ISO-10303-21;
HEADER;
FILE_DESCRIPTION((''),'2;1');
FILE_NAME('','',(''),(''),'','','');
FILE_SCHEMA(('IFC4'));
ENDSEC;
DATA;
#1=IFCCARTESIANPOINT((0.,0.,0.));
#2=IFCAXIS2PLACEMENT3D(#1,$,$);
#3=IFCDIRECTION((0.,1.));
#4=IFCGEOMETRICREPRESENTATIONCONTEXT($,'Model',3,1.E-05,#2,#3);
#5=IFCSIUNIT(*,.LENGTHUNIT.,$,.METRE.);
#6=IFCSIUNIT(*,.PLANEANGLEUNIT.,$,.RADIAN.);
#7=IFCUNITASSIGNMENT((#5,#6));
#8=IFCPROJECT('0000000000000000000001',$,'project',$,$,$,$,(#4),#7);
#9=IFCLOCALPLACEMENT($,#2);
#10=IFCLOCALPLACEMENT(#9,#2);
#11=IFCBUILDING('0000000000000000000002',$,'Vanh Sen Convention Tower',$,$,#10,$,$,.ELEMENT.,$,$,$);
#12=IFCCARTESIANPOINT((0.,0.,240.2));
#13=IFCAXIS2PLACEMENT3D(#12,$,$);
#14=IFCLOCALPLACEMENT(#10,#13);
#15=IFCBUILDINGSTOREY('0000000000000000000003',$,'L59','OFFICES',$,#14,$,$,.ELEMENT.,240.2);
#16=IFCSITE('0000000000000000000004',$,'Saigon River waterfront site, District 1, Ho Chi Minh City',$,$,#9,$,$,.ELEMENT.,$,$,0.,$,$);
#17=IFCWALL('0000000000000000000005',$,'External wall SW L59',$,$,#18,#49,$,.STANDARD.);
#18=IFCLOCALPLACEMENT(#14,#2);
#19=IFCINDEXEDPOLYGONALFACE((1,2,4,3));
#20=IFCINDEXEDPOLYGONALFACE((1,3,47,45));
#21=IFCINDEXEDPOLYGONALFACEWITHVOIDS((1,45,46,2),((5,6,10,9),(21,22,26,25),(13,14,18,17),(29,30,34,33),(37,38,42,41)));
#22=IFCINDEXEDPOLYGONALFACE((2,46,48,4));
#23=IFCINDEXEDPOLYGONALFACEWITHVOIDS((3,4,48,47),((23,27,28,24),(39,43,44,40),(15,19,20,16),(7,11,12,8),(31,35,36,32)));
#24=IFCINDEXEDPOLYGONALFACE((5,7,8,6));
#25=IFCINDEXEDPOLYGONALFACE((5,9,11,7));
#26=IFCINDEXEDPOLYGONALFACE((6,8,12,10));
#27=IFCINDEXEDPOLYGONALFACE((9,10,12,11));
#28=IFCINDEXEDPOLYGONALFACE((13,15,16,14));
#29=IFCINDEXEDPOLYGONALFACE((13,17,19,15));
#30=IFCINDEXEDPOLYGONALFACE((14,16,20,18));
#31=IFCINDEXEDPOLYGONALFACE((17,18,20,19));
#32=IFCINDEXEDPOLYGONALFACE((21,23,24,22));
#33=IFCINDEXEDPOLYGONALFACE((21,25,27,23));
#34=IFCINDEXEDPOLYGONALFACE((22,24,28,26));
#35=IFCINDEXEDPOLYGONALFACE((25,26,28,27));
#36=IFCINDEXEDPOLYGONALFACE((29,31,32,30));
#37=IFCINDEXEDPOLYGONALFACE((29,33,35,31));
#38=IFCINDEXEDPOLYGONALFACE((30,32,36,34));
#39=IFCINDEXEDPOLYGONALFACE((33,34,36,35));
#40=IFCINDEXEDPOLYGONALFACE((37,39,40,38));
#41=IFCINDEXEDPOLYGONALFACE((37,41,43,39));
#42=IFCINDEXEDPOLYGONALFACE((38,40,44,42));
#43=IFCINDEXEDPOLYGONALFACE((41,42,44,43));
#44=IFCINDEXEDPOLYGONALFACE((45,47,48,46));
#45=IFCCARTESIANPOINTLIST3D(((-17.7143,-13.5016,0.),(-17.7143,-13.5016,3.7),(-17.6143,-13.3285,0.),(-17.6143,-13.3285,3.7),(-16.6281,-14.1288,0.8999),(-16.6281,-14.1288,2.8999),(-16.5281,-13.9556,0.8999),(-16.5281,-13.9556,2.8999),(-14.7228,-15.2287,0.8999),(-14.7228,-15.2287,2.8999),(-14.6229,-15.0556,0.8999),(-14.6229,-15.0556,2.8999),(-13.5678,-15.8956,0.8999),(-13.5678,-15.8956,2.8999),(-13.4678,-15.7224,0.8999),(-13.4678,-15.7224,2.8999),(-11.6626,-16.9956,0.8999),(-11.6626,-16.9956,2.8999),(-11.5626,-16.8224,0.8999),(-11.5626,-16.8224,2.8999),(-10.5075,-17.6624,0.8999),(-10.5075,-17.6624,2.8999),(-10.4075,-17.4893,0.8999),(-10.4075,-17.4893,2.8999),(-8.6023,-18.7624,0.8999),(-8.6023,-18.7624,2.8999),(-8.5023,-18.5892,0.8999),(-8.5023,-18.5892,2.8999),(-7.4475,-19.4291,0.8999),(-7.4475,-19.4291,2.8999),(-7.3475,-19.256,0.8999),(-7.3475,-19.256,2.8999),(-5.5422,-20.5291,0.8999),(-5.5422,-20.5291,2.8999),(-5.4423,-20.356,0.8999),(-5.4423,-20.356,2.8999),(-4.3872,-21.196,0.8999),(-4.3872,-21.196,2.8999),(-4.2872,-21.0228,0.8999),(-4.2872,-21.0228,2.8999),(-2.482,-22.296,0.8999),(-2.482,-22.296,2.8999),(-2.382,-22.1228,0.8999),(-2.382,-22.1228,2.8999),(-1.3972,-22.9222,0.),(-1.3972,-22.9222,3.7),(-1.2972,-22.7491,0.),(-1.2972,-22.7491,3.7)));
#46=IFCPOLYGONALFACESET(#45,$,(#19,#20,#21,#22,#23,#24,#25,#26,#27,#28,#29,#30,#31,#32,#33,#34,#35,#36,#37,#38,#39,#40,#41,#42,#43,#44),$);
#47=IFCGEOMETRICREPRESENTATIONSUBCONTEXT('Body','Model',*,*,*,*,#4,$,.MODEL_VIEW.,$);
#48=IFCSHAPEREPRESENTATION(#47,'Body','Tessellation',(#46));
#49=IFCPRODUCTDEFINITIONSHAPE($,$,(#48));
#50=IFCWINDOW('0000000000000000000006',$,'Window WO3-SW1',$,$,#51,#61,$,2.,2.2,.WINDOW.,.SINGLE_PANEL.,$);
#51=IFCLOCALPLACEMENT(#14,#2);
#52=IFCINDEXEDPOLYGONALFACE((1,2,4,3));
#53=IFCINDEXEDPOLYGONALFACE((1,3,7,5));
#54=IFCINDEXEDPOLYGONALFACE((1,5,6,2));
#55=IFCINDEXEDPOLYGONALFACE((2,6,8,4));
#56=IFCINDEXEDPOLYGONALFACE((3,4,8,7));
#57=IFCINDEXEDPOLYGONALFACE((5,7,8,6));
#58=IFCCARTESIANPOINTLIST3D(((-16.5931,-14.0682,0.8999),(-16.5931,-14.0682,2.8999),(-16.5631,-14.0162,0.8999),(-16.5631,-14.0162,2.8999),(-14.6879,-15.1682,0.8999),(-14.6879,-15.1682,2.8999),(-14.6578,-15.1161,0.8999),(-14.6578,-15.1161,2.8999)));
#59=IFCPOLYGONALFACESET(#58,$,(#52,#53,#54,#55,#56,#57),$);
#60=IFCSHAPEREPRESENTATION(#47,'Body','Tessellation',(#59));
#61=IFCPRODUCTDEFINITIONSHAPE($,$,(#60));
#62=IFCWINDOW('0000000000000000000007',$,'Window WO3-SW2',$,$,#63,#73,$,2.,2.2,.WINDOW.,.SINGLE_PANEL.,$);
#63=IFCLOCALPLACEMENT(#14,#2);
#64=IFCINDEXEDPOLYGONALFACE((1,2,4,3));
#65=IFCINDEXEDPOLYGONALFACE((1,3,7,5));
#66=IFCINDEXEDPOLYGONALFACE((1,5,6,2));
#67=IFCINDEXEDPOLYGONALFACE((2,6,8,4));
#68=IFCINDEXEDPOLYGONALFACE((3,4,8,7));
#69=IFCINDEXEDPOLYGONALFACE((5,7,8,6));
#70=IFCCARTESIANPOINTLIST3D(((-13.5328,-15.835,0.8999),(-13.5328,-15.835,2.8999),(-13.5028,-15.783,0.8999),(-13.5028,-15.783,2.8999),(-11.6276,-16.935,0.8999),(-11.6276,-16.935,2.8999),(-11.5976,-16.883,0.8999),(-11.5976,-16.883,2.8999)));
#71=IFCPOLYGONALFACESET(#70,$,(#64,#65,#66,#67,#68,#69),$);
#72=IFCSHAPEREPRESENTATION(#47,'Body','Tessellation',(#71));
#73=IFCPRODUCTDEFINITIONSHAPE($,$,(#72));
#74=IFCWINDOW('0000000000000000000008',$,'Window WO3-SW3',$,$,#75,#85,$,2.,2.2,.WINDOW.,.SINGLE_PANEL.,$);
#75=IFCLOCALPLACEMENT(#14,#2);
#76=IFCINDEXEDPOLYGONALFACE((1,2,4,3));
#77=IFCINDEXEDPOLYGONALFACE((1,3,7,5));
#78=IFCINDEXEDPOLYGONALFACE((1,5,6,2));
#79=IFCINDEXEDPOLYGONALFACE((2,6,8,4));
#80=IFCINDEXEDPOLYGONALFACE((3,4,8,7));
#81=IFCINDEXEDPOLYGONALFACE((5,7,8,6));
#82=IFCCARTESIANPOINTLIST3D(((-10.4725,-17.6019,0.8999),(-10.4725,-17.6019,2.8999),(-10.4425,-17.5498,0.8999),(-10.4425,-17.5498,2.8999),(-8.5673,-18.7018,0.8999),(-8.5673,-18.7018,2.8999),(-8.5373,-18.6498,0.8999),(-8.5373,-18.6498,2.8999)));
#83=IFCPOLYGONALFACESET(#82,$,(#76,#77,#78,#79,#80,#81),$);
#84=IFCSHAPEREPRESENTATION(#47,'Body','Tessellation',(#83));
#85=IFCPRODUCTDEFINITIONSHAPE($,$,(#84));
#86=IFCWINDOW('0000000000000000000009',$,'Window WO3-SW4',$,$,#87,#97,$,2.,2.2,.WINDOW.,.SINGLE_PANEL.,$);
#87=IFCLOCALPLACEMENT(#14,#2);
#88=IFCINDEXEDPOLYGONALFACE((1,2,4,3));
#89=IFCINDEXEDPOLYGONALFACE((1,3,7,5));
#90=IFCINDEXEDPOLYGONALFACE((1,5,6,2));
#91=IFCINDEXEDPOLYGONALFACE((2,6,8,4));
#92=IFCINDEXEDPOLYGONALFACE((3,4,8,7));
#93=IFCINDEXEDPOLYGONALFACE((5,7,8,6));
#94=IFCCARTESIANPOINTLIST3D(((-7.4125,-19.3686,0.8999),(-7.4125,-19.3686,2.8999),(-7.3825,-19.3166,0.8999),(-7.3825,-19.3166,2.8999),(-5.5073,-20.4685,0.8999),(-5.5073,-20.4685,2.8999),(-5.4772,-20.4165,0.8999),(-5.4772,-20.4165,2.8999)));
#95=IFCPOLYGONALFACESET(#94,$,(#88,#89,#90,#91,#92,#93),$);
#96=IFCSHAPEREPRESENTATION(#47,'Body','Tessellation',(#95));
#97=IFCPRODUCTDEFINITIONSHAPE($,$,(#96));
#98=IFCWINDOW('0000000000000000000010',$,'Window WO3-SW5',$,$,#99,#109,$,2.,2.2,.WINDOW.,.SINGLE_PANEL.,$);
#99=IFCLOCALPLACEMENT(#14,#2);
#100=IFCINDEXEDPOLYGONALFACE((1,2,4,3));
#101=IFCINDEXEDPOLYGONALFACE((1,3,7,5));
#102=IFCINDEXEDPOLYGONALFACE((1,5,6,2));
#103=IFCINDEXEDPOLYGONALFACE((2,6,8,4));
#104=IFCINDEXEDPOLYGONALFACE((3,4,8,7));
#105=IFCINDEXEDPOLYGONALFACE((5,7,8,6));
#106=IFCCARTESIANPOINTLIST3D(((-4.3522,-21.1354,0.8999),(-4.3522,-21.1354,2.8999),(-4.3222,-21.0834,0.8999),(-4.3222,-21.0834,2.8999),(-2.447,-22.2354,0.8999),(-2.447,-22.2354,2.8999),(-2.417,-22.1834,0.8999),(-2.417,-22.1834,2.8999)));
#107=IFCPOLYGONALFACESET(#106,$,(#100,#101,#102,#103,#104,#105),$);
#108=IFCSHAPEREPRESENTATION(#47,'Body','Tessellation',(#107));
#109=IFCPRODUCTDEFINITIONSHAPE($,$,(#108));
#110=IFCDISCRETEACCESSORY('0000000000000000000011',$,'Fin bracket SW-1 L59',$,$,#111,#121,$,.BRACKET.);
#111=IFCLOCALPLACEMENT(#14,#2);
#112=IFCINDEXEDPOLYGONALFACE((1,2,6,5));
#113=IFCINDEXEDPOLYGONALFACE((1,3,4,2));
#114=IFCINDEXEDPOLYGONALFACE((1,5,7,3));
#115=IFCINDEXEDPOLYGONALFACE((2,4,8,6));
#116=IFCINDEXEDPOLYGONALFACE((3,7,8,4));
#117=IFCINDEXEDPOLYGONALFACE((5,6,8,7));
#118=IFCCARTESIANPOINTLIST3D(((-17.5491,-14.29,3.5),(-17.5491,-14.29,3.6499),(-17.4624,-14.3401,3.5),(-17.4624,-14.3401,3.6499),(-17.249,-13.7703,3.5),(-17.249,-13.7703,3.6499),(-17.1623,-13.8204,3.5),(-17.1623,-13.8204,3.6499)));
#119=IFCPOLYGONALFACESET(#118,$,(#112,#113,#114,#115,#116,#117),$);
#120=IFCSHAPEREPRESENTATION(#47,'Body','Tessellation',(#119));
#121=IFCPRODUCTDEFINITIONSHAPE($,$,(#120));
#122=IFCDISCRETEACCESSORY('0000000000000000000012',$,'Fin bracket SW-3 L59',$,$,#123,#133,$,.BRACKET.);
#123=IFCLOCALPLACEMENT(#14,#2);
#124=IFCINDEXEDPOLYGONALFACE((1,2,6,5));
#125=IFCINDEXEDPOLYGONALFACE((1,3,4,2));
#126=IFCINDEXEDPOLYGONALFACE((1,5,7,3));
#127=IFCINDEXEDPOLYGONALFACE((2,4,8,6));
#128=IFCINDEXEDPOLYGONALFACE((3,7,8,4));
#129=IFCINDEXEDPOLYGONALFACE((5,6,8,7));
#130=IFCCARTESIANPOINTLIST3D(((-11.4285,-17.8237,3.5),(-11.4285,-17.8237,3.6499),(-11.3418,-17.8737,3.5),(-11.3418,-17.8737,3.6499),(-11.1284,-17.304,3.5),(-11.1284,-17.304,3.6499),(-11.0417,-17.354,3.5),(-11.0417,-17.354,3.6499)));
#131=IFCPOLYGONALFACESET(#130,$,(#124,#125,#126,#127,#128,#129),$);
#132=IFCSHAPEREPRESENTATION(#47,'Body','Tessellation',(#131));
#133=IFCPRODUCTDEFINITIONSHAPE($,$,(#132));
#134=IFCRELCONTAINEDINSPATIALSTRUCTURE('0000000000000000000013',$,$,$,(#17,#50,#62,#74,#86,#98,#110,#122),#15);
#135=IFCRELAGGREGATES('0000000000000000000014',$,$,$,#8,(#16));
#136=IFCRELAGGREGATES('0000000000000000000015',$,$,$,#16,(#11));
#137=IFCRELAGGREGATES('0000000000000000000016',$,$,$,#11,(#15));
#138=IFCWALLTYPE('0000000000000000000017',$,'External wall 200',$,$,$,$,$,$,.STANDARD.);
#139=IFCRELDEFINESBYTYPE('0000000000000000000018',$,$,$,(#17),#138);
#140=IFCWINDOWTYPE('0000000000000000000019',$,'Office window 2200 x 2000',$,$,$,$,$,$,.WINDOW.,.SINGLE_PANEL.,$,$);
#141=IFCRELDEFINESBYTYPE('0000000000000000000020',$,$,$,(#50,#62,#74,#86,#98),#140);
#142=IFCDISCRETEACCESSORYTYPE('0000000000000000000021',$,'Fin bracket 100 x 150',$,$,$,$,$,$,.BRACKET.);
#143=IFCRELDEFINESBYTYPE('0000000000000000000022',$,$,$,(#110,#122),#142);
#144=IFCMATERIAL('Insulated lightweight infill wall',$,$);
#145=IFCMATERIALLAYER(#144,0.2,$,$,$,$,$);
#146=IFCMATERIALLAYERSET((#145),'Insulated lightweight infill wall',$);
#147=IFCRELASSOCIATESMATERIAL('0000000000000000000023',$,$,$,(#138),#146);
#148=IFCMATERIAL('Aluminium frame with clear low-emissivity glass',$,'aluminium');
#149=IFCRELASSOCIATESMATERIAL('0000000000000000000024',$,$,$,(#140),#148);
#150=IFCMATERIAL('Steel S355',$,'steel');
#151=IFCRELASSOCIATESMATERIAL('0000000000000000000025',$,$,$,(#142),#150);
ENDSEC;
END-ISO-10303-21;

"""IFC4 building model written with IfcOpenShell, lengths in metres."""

from ifc_helpers import new_model, si_unit, direction, frame, frame_2d, origin, origin_2d, place, context, subcontext, project, spatial, rectangle, extrude, material, layer, layer_set, type_object, element, fill, save


model = new_model("IFC4")

# Units and contexts
model_context = context("Model", 3, precision=1e-05, world=origin(), true_north=direction((0.0, 1.0)))
body_context = subcontext(model_context, "Body", "Model", "MODEL_VIEW")
ifc_project = project(units=[si_unit("LENGTHUNIT", "METRE"), si_unit("PLANEANGLEUNIT", "RADIAN")], contexts=[model_context])

# Site, building, storey
site_placement = place(None, origin())
site = spatial("IfcSite", under=ifc_project, at=site_placement, Name="Saigon River waterfront site, District 1, Ho Chi Minh City", CompositionType="ELEMENT", RefElevation=0.0)
building_placement = place(site_placement, origin())
building = spatial("IfcBuilding", under=site, at=building_placement, Name="Vanh Sen Convention Tower", CompositionType="ELEMENT")
storey_placement = place(building_placement, frame((0.0, 0.0, 240.2)))
storey = spatial("IfcBuildingStorey", under=building, at=storey_placement, Name="L59", Description="OFFICES", CompositionType="ELEMENT", Elevation=240.2)

# Wall, openings, windows
ifc_material_1 = material(Name="Insulated lightweight infill wall")
ifc_layer_1 = layer(ifc_material_1, 0.2)
ifc_layer_set_1 = layer_set([ifc_layer_1], Name="Insulated lightweight infill wall")
wall_type_1 = type_object("IfcWallType", Name="External wall 200", PredefinedType="STANDARD", material=ifc_layer_set_1)
wall_1_placement = place(storey_placement, frame((-17.6643, -13.415, 0.0), z_axis=(0.0, 0.0, 1.0), x_axis=(0.866027, -0.499998, 0.0)))
wall_1 = element("IfcWall", 1, at=wall_1_placement, inside=storey, type_object=wall_type_1, Name="External wall SW L59", PredefinedType="STANDARD", context=body_context, shape_type="SweptSolid", body=[
    extrude(rectangle(XDim=18.8413, YDim=0.2, at=frame_2d((9.4207, 0.0))), origin(), (0.0, 0.0, 1.0), 3.7),
])
opening_1_placement = place(wall_1_placement, frame((1.2542, 0.0, 0.8999)))
opening_1 = element("IfcOpeningElement", 2, at=opening_1_placement, cuts=wall_1, PredefinedType="OPENING", context=body_context, shape_type="SweptSolid", body=[
    extrude(rectangle(XDim=2.2, YDim=2.0, at=frame_2d((1.1001, 1.0))), frame((0.0, 0.1099, 0.0), z_axis=(0.0, -1.0, 0.0), x_axis=(1.0, 0.0, 0.0)), (0.0, 0.0, 1.0), 0.22),
])
opening_2_placement = place(wall_1_placement, frame((4.7878, 0.0, 0.8999)))
opening_2 = element("IfcOpeningElement", 3, at=opening_2_placement, cuts=wall_1, PredefinedType="OPENING", context=body_context, shape_type="SweptSolid", body=[
    extrude(rectangle(XDim=2.2, YDim=2.0, at=frame_2d((1.1001, 1.0))), frame((0.0, 0.1099, 0.0), z_axis=(0.0, -1.0, 0.0), x_axis=(1.0, 0.0, 0.0)), (0.0, 0.0, 1.0), 0.22),
])
opening_3_placement = place(wall_1_placement, frame((8.3215, 0.0, 0.8999)))
opening_3 = element("IfcOpeningElement", 4, at=opening_3_placement, cuts=wall_1, PredefinedType="OPENING", context=body_context, shape_type="SweptSolid", body=[
    extrude(rectangle(XDim=2.2, YDim=2.0, at=frame_2d((1.1001, 1.0))), frame((0.0, 0.1099, 0.0), z_axis=(0.0, -1.0, 0.0), x_axis=(1.0, 0.0, 0.0)), (0.0, 0.0, 1.0), 0.22),
])
opening_4_placement = place(wall_1_placement, frame((11.855, 0.0, 0.8999)))
opening_4 = element("IfcOpeningElement", 5, at=opening_4_placement, cuts=wall_1, PredefinedType="OPENING", context=body_context, shape_type="SweptSolid", body=[
    extrude(rectangle(XDim=2.2, YDim=2.0, at=frame_2d((1.1001, 1.0))), frame((0.0, 0.1099, 0.0), z_axis=(0.0, -1.0, 0.0), x_axis=(1.0, 0.0, 0.0)), (0.0, 0.0, 1.0), 0.22),
])
opening_5_placement = place(wall_1_placement, frame((15.3887, 0.0, 0.8999)))
opening_5 = element("IfcOpeningElement", 6, at=opening_5_placement, cuts=wall_1, PredefinedType="OPENING", context=body_context, shape_type="SweptSolid", body=[
    extrude(rectangle(XDim=2.2, YDim=2.0, at=frame_2d((1.1001, 1.0))), frame((0.0, 0.1099, 0.0), z_axis=(0.0, -1.0, 0.0), x_axis=(1.0, 0.0, 0.0)), (0.0, 0.0, 1.0), 0.22),
])
ifc_material_2 = material(Name="Aluminium frame with clear low-emissivity glass", Category="aluminium")
window_type = type_object("IfcWindowType", Name="Office window 2200 x 2000", PartitioningType="SINGLE_PANEL", PredefinedType="WINDOW", material=ifc_material_2)
window_1_placement = place(opening_1_placement, origin())
window_1 = element("IfcWindow", 7, at=window_1_placement, inside=storey, type_object=window_type, Name="Window WO3-SW1", OverallHeight=2.0, OverallWidth=2.2, PartitioningType="SINGLE_PANEL", PredefinedType="WINDOW", context=body_context, shape_type="SweptSolid", body=[
    extrude(rectangle(XDim=2.2, YDim=2.0, at=frame_2d((1.1001, 1.0))), frame((0.0, 0.03, 0.0), z_axis=(0.0, -1.0, 0.0), x_axis=(1.0, 0.0, 0.0)), (0.0, 0.0, 1.0), 0.0601),
])
fill(opening_1, window_1)
window_2_placement = place(opening_2_placement, origin())
window_2 = element("IfcWindow", 8, at=window_2_placement, inside=storey, type_object=window_type, Name="Window WO3-SW2", OverallHeight=2.0, OverallWidth=2.2, PartitioningType="SINGLE_PANEL", PredefinedType="WINDOW", context=body_context, shape_type="SweptSolid", body=[
    extrude(rectangle(XDim=2.2, YDim=2.0, at=frame_2d((1.1001, 1.0))), frame((0.0, 0.03, 0.0), z_axis=(0.0, -1.0, 0.0), x_axis=(1.0, 0.0, 0.0)), (0.0, 0.0, 1.0), 0.0601),
])
fill(opening_2, window_2)
window_3_placement = place(opening_3_placement, origin())
window_3 = element("IfcWindow", 9, at=window_3_placement, inside=storey, type_object=window_type, Name="Window WO3-SW3", OverallHeight=2.0, OverallWidth=2.2, PartitioningType="SINGLE_PANEL", PredefinedType="WINDOW", context=body_context, shape_type="SweptSolid", body=[
    extrude(rectangle(XDim=2.2, YDim=2.0, at=frame_2d((1.1001, 1.0))), frame((0.0, 0.03, 0.0), z_axis=(0.0, -1.0, 0.0), x_axis=(1.0, 0.0, 0.0)), (0.0, 0.0, 1.0), 0.0601),
])
fill(opening_3, window_3)
window_4_placement = place(opening_4_placement, origin())
window_4 = element("IfcWindow", 10, at=window_4_placement, inside=storey, type_object=window_type, Name="Window WO3-SW4", OverallHeight=2.0, OverallWidth=2.2, PartitioningType="SINGLE_PANEL", PredefinedType="WINDOW", context=body_context, shape_type="SweptSolid", body=[
    extrude(rectangle(XDim=2.2, YDim=2.0, at=frame_2d((1.1001, 1.0))), frame((0.0, 0.03, 0.0), z_axis=(0.0, -1.0, 0.0), x_axis=(1.0, 0.0, 0.0)), (0.0, 0.0, 1.0), 0.0601),
])
fill(opening_4, window_4)
window_5_placement = place(opening_5_placement, origin())
window_5 = element("IfcWindow", 11, at=window_5_placement, inside=storey, type_object=window_type, Name="Window WO3-SW5", OverallHeight=2.0, OverallWidth=2.2, PartitioningType="SINGLE_PANEL", PredefinedType="WINDOW", context=body_context, shape_type="SweptSolid", body=[
    extrude(rectangle(XDim=2.2, YDim=2.0, at=frame_2d((1.1001, 1.0))), frame((0.0, 0.03, 0.0), z_axis=(0.0, -1.0, 0.0), x_axis=(1.0, 0.0, 0.0)), (0.0, 0.0, 1.0), 0.0601),
])
fill(opening_5, window_5)

# Discrete accessories
ifc_material_3 = material(Name="Steel S355", Category="steel")
discrete_accessory_type = type_object("IfcDiscreteAccessoryType", Name="Fin bracket 100 x 150", PredefinedType="BRACKET", material=ifc_material_3)
for number, where, z_axis, x_axis, name in (
    (12, (-17.3557, -14.0552, 3.5), (0.0, 0.0, 1.0), (-0.5, -0.866025, 0.0), "Fin bracket SW-1 L59"),
    (13, (-11.2351, -17.5889, 3.5), (0.0, 0.0, 1.0), (-0.5, -0.866025, 0.0), "Fin bracket SW-3 L59"),
):
    element("IfcDiscreteAccessory", number, at=place(storey_placement, frame(where, z_axis=z_axis, x_axis=x_axis)), inside=storey, type_object=discrete_accessory_type, Name=name, PredefinedType="BRACKET", context=body_context, shape_type="SweptSolid", body=[
        extrude(rectangle(XDim=0.6001, YDim=0.1001, at=origin_2d()), origin(), (0.0, 0.0, 1.0), 0.1499),
    ])

save(model, "model.ifc")
